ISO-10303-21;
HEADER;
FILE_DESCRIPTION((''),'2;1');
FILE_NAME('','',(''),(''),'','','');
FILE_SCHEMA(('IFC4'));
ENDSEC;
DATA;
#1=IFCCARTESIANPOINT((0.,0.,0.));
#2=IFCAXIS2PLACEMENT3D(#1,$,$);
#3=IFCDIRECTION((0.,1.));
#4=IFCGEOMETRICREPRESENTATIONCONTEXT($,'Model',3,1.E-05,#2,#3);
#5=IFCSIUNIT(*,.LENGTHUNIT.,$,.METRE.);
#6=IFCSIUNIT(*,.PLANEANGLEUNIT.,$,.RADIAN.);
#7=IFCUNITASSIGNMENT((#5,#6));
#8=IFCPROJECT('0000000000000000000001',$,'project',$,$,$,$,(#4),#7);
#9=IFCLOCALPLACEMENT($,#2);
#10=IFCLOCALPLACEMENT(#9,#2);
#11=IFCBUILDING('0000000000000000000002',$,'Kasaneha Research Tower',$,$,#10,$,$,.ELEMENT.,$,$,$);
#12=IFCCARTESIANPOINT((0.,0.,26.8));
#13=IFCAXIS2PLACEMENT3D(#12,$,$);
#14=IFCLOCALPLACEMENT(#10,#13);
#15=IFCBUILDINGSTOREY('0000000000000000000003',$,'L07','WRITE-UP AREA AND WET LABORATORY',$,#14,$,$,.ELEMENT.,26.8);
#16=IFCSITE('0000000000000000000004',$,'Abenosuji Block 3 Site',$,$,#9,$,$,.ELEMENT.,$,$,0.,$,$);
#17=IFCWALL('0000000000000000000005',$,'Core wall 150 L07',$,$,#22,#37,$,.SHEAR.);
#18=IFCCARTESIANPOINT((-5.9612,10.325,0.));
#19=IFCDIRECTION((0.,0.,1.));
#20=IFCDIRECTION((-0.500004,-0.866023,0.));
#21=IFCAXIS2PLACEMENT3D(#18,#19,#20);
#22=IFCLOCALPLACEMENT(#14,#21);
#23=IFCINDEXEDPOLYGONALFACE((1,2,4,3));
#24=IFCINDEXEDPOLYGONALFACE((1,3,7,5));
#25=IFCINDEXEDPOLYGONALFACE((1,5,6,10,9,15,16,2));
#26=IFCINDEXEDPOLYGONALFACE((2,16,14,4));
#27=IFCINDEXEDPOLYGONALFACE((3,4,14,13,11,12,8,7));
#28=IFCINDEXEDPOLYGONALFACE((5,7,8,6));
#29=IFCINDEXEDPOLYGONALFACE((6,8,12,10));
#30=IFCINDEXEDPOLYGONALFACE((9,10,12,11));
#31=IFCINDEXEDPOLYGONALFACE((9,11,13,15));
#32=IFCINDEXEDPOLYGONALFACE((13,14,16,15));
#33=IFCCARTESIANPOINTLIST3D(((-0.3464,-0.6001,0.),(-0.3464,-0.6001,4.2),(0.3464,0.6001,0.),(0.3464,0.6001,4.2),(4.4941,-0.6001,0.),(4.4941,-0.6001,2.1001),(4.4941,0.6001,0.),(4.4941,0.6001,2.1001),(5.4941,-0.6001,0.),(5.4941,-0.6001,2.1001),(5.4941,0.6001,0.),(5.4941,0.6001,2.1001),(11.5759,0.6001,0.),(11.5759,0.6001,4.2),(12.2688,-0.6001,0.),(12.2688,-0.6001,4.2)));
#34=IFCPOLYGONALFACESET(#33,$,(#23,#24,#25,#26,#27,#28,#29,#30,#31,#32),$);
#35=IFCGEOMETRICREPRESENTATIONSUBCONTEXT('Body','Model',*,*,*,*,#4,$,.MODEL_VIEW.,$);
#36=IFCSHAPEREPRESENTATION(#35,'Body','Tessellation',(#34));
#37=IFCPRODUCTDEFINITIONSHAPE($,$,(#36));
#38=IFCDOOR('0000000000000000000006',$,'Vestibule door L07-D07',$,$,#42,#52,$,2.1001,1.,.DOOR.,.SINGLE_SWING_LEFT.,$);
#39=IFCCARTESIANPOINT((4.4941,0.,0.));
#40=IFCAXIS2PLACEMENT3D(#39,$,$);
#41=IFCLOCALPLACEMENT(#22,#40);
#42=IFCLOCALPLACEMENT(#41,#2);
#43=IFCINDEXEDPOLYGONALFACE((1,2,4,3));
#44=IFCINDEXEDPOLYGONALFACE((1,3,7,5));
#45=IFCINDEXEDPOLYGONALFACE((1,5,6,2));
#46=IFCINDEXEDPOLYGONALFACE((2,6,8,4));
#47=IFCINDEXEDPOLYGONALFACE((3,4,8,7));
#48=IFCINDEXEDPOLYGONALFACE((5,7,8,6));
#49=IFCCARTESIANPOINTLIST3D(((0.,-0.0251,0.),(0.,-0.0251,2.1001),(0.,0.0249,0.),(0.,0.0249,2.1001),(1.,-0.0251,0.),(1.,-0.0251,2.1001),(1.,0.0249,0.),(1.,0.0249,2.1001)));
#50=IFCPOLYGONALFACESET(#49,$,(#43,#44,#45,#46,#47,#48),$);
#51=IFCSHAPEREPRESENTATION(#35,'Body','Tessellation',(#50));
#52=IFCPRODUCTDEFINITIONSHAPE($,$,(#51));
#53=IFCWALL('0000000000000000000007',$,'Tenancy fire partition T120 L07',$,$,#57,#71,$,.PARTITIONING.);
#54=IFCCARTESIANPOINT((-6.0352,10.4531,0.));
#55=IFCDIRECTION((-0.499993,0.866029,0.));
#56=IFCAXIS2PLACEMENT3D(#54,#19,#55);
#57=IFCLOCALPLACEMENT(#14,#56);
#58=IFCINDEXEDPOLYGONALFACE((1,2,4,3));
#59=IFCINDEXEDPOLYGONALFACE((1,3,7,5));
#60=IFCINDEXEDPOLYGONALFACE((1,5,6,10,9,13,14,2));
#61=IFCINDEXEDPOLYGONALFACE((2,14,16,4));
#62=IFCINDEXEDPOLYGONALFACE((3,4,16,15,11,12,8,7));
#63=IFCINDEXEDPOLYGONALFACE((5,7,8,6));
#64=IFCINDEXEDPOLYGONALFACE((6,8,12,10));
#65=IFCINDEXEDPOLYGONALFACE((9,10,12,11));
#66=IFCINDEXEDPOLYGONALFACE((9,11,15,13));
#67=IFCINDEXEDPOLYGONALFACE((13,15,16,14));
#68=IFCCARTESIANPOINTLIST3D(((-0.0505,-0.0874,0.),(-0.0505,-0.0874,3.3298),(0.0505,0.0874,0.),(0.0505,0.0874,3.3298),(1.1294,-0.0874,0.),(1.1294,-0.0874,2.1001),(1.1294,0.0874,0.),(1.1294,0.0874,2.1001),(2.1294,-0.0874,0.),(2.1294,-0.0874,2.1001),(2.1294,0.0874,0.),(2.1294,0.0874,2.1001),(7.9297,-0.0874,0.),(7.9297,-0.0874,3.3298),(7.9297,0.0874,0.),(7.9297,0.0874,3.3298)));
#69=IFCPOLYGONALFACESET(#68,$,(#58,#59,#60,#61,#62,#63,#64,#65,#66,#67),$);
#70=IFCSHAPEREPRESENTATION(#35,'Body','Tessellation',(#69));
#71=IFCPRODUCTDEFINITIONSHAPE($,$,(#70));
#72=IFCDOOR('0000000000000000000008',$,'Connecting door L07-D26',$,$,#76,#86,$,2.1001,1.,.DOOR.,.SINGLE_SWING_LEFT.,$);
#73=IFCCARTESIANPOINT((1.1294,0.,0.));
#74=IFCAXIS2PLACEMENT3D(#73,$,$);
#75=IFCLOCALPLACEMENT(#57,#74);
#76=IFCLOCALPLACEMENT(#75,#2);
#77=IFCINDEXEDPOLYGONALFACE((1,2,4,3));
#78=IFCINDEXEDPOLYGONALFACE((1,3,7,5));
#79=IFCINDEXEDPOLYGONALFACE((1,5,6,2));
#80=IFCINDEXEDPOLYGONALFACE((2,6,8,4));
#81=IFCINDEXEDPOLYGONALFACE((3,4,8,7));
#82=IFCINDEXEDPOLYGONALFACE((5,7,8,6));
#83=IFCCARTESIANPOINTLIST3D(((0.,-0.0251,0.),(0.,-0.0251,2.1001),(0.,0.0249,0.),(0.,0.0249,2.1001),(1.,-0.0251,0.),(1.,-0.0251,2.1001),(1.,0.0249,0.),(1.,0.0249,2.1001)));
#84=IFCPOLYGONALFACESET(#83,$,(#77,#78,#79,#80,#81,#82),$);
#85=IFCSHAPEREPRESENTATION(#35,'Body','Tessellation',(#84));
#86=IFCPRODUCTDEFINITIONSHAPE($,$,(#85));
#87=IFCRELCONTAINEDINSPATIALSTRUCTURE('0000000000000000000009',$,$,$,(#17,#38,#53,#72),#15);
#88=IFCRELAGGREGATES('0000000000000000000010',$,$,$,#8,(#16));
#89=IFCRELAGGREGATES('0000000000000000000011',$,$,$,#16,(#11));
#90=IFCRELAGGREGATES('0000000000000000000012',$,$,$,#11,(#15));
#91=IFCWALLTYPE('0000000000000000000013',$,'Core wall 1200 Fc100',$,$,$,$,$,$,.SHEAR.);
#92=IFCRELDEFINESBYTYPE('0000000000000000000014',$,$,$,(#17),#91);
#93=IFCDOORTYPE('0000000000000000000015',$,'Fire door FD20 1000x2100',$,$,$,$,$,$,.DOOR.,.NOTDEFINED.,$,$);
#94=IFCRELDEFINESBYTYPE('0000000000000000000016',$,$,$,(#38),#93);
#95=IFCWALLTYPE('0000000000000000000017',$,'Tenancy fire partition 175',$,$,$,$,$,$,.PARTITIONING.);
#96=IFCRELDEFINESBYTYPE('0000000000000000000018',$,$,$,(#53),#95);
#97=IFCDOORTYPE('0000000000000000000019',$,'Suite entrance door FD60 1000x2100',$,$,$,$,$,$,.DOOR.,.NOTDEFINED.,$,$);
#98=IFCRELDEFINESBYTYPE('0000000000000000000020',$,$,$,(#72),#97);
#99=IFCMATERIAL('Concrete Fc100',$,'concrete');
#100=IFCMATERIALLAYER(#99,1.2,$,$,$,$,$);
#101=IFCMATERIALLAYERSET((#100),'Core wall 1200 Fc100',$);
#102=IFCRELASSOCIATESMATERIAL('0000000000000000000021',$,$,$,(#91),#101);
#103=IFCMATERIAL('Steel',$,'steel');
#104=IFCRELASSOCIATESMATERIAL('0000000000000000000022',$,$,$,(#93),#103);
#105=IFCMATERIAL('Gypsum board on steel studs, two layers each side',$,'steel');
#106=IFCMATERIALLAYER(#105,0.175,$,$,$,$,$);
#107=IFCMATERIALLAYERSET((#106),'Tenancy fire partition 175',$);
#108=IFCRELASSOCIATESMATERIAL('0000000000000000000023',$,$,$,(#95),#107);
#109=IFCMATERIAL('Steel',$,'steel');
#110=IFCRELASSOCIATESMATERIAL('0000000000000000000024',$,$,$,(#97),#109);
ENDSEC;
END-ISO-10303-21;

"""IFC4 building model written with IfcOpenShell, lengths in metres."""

from ifc_helpers import new_model, si_unit, direction, frame, frame_2d, origin, place, context, subcontext, project, spatial, polyline, rectangle, outline, extrude, material, layer, layer_set, type_object, element, fill, save


model = new_model("IFC4")

# Units and contexts
model_context = context("Model", 3, precision=1e-05, world=origin(), true_north=direction((0.0, 1.0)))
body_context = subcontext(model_context, "Body", "Model", "MODEL_VIEW")
ifc_project = project(units=[si_unit("LENGTHUNIT", "METRE"), si_unit("PLANEANGLEUNIT", "RADIAN")], contexts=[model_context])

# Site, building, storey
site_placement = place(None, origin())
site = spatial("IfcSite", under=ifc_project, at=site_placement, Name="Abenosuji Block 3 Site", CompositionType="ELEMENT", RefElevation=0.0)
building_placement = place(site_placement, origin())
building = spatial("IfcBuilding", under=site, at=building_placement, Name="Kasaneha Research Tower", CompositionType="ELEMENT")
storey_placement = place(building_placement, frame((0.0, 0.0, 26.8)))
storey = spatial("IfcBuildingStorey", under=building, at=storey_placement, Name="L07", Description="WRITE-UP AREA AND WET LABORATORY", CompositionType="ELEMENT", Elevation=26.8)

# Wall, opening, door
ifc_material_1 = material(Name="Concrete Fc100", Category="concrete")
ifc_layer_1 = layer(ifc_material_1, 1.2)
ifc_layer_set_1 = layer_set([ifc_layer_1], Name="Core wall 1200 Fc100")
wall_type_1 = type_object("IfcWallType", Name="Core wall 1200 Fc100", PredefinedType="SHEAR", material=ifc_layer_set_1)
wall_1_placement = place(storey_placement, frame((-5.9612, 10.325, 0.0), z_axis=(0.0, 0.0, 1.0), x_axis=(-0.500004, -0.866023, 0.0)))
wall_1 = element("IfcWall", 1, at=wall_1_placement, inside=storey, type_object=wall_type_1, Name="Core wall 150 L07", PredefinedType="SHEAR", context=body_context, shape_type="SweptSolid", body=[
    extrude(outline(polyline([(-0.3464, -0.6001), (4.4941, -0.6001), (5.4941, -0.6001), (12.2688, -0.6001), (11.5759, 0.6001), (5.4941, 0.6001), (4.4941, 0.6001), (0.3464, 0.6001), (-0.3464, -0.6001)])), origin(), (0.0, 0.0, 1.0), 4.2),
])
opening_1_placement = place(wall_1_placement, frame((4.4941, 0.0, 0.0)))
opening_1 = element("IfcOpeningElement", 2, at=opening_1_placement, cuts=wall_1, PredefinedType="OPENING", context=body_context, shape_type="SweptSolid", body=[
    extrude(rectangle(XDim=1.0, YDim=2.1001, at=frame_2d((0.5, 1.05))), frame((0.0, 0.6099, 0.0), z_axis=(0.0, -1.0, 0.0), x_axis=(1.0, 0.0, 0.0)), (0.0, 0.0, 1.0), 1.22),
])
ifc_material_2 = material(Name="Steel", Category="steel")
door_type_1 = type_object("IfcDoorType", Name="Fire door FD20 1000x2100", OperationType="NOTDEFINED", PredefinedType="DOOR", material=ifc_material_2)
door_1_placement = place(opening_1_placement, origin())
door_1 = element("IfcDoor", 3, at=door_1_placement, inside=storey, type_object=door_type_1, Name="Vestibule door L07-D07", OperationType="SINGLE_SWING_LEFT", OverallHeight=2.1001, OverallWidth=1.0, PredefinedType="DOOR", context=body_context, shape_type="SweptSolid", body=[
    extrude(rectangle(XDim=1.0, YDim=2.1001, at=frame_2d((0.5, 1.05))), frame((0.0, 0.0249, 0.0), z_axis=(0.0, -1.0, 0.0), x_axis=(1.0, 0.0, 0.0)), (0.0, 0.0, 1.0), 0.05),
])
fill(opening_1, door_1)

# Wall, opening, door
ifc_material_3 = material(Name="Gypsum board on steel studs, two layers each side", Category="steel")
ifc_layer_2 = layer(ifc_material_3, 0.175)
ifc_layer_set_2 = layer_set([ifc_layer_2], Name="Tenancy fire partition 175")
wall_type_2 = type_object("IfcWallType", Name="Tenancy fire partition 175", PredefinedType="PARTITIONING", material=ifc_layer_set_2)
wall_2_placement = place(storey_placement, frame((-6.0352, 10.4531, 0.0), z_axis=(0.0, 0.0, 1.0), x_axis=(-0.499993, 0.866029, 0.0)))
wall_2 = element("IfcWall", 4, at=wall_2_placement, inside=storey, type_object=wall_type_2, Name="Tenancy fire partition T120 L07", PredefinedType="PARTITIONING", context=body_context, shape_type="SweptSolid", body=[
    extrude(outline(polyline([(-0.0505, -0.0874), (1.1294, -0.0874), (2.1294, -0.0874), (7.9297, -0.0874), (7.9297, 0.0874), (2.1294, 0.0874), (1.1294, 0.0874), (0.0505, 0.0874), (-0.0505, -0.0874)])), origin(), (0.0, 0.0, 1.0), 3.3298),
])
opening_2_placement = place(wall_2_placement, frame((1.1294, 0.0, 0.0)))
opening_2 = element("IfcOpeningElement", 5, at=opening_2_placement, cuts=wall_2, PredefinedType="OPENING", context=body_context, shape_type="SweptSolid", body=[
    extrude(rectangle(XDim=1.0, YDim=2.1001, at=frame_2d((0.5, 1.05))), frame((0.0, 0.0977, 0.0), z_axis=(0.0, -1.0, 0.0), x_axis=(1.0, 0.0, 0.0)), (0.0, 0.0, 1.0), 0.1951),
])
ifc_material_4 = material(Name="Steel", Category="steel")
door_type_2 = type_object("IfcDoorType", Name="Suite entrance door FD60 1000x2100", OperationType="NOTDEFINED", PredefinedType="DOOR", material=ifc_material_4)
door_2_placement = place(opening_2_placement, origin())
door_2 = element("IfcDoor", 6, at=door_2_placement, inside=storey, type_object=door_type_2, Name="Connecting door L07-D26", OperationType="SINGLE_SWING_LEFT", OverallHeight=2.1001, OverallWidth=1.0, PredefinedType="DOOR", context=body_context, shape_type="SweptSolid", body=[
    extrude(rectangle(XDim=1.0, YDim=2.1001, at=frame_2d((0.5, 1.05))), frame((0.0, 0.0249, 0.0), z_axis=(0.0, -1.0, 0.0), x_axis=(1.0, 0.0, 0.0)), (0.0, 0.0, 1.0), 0.05),
])
fill(opening_2, door_2)

save(model, "model.ifc")
